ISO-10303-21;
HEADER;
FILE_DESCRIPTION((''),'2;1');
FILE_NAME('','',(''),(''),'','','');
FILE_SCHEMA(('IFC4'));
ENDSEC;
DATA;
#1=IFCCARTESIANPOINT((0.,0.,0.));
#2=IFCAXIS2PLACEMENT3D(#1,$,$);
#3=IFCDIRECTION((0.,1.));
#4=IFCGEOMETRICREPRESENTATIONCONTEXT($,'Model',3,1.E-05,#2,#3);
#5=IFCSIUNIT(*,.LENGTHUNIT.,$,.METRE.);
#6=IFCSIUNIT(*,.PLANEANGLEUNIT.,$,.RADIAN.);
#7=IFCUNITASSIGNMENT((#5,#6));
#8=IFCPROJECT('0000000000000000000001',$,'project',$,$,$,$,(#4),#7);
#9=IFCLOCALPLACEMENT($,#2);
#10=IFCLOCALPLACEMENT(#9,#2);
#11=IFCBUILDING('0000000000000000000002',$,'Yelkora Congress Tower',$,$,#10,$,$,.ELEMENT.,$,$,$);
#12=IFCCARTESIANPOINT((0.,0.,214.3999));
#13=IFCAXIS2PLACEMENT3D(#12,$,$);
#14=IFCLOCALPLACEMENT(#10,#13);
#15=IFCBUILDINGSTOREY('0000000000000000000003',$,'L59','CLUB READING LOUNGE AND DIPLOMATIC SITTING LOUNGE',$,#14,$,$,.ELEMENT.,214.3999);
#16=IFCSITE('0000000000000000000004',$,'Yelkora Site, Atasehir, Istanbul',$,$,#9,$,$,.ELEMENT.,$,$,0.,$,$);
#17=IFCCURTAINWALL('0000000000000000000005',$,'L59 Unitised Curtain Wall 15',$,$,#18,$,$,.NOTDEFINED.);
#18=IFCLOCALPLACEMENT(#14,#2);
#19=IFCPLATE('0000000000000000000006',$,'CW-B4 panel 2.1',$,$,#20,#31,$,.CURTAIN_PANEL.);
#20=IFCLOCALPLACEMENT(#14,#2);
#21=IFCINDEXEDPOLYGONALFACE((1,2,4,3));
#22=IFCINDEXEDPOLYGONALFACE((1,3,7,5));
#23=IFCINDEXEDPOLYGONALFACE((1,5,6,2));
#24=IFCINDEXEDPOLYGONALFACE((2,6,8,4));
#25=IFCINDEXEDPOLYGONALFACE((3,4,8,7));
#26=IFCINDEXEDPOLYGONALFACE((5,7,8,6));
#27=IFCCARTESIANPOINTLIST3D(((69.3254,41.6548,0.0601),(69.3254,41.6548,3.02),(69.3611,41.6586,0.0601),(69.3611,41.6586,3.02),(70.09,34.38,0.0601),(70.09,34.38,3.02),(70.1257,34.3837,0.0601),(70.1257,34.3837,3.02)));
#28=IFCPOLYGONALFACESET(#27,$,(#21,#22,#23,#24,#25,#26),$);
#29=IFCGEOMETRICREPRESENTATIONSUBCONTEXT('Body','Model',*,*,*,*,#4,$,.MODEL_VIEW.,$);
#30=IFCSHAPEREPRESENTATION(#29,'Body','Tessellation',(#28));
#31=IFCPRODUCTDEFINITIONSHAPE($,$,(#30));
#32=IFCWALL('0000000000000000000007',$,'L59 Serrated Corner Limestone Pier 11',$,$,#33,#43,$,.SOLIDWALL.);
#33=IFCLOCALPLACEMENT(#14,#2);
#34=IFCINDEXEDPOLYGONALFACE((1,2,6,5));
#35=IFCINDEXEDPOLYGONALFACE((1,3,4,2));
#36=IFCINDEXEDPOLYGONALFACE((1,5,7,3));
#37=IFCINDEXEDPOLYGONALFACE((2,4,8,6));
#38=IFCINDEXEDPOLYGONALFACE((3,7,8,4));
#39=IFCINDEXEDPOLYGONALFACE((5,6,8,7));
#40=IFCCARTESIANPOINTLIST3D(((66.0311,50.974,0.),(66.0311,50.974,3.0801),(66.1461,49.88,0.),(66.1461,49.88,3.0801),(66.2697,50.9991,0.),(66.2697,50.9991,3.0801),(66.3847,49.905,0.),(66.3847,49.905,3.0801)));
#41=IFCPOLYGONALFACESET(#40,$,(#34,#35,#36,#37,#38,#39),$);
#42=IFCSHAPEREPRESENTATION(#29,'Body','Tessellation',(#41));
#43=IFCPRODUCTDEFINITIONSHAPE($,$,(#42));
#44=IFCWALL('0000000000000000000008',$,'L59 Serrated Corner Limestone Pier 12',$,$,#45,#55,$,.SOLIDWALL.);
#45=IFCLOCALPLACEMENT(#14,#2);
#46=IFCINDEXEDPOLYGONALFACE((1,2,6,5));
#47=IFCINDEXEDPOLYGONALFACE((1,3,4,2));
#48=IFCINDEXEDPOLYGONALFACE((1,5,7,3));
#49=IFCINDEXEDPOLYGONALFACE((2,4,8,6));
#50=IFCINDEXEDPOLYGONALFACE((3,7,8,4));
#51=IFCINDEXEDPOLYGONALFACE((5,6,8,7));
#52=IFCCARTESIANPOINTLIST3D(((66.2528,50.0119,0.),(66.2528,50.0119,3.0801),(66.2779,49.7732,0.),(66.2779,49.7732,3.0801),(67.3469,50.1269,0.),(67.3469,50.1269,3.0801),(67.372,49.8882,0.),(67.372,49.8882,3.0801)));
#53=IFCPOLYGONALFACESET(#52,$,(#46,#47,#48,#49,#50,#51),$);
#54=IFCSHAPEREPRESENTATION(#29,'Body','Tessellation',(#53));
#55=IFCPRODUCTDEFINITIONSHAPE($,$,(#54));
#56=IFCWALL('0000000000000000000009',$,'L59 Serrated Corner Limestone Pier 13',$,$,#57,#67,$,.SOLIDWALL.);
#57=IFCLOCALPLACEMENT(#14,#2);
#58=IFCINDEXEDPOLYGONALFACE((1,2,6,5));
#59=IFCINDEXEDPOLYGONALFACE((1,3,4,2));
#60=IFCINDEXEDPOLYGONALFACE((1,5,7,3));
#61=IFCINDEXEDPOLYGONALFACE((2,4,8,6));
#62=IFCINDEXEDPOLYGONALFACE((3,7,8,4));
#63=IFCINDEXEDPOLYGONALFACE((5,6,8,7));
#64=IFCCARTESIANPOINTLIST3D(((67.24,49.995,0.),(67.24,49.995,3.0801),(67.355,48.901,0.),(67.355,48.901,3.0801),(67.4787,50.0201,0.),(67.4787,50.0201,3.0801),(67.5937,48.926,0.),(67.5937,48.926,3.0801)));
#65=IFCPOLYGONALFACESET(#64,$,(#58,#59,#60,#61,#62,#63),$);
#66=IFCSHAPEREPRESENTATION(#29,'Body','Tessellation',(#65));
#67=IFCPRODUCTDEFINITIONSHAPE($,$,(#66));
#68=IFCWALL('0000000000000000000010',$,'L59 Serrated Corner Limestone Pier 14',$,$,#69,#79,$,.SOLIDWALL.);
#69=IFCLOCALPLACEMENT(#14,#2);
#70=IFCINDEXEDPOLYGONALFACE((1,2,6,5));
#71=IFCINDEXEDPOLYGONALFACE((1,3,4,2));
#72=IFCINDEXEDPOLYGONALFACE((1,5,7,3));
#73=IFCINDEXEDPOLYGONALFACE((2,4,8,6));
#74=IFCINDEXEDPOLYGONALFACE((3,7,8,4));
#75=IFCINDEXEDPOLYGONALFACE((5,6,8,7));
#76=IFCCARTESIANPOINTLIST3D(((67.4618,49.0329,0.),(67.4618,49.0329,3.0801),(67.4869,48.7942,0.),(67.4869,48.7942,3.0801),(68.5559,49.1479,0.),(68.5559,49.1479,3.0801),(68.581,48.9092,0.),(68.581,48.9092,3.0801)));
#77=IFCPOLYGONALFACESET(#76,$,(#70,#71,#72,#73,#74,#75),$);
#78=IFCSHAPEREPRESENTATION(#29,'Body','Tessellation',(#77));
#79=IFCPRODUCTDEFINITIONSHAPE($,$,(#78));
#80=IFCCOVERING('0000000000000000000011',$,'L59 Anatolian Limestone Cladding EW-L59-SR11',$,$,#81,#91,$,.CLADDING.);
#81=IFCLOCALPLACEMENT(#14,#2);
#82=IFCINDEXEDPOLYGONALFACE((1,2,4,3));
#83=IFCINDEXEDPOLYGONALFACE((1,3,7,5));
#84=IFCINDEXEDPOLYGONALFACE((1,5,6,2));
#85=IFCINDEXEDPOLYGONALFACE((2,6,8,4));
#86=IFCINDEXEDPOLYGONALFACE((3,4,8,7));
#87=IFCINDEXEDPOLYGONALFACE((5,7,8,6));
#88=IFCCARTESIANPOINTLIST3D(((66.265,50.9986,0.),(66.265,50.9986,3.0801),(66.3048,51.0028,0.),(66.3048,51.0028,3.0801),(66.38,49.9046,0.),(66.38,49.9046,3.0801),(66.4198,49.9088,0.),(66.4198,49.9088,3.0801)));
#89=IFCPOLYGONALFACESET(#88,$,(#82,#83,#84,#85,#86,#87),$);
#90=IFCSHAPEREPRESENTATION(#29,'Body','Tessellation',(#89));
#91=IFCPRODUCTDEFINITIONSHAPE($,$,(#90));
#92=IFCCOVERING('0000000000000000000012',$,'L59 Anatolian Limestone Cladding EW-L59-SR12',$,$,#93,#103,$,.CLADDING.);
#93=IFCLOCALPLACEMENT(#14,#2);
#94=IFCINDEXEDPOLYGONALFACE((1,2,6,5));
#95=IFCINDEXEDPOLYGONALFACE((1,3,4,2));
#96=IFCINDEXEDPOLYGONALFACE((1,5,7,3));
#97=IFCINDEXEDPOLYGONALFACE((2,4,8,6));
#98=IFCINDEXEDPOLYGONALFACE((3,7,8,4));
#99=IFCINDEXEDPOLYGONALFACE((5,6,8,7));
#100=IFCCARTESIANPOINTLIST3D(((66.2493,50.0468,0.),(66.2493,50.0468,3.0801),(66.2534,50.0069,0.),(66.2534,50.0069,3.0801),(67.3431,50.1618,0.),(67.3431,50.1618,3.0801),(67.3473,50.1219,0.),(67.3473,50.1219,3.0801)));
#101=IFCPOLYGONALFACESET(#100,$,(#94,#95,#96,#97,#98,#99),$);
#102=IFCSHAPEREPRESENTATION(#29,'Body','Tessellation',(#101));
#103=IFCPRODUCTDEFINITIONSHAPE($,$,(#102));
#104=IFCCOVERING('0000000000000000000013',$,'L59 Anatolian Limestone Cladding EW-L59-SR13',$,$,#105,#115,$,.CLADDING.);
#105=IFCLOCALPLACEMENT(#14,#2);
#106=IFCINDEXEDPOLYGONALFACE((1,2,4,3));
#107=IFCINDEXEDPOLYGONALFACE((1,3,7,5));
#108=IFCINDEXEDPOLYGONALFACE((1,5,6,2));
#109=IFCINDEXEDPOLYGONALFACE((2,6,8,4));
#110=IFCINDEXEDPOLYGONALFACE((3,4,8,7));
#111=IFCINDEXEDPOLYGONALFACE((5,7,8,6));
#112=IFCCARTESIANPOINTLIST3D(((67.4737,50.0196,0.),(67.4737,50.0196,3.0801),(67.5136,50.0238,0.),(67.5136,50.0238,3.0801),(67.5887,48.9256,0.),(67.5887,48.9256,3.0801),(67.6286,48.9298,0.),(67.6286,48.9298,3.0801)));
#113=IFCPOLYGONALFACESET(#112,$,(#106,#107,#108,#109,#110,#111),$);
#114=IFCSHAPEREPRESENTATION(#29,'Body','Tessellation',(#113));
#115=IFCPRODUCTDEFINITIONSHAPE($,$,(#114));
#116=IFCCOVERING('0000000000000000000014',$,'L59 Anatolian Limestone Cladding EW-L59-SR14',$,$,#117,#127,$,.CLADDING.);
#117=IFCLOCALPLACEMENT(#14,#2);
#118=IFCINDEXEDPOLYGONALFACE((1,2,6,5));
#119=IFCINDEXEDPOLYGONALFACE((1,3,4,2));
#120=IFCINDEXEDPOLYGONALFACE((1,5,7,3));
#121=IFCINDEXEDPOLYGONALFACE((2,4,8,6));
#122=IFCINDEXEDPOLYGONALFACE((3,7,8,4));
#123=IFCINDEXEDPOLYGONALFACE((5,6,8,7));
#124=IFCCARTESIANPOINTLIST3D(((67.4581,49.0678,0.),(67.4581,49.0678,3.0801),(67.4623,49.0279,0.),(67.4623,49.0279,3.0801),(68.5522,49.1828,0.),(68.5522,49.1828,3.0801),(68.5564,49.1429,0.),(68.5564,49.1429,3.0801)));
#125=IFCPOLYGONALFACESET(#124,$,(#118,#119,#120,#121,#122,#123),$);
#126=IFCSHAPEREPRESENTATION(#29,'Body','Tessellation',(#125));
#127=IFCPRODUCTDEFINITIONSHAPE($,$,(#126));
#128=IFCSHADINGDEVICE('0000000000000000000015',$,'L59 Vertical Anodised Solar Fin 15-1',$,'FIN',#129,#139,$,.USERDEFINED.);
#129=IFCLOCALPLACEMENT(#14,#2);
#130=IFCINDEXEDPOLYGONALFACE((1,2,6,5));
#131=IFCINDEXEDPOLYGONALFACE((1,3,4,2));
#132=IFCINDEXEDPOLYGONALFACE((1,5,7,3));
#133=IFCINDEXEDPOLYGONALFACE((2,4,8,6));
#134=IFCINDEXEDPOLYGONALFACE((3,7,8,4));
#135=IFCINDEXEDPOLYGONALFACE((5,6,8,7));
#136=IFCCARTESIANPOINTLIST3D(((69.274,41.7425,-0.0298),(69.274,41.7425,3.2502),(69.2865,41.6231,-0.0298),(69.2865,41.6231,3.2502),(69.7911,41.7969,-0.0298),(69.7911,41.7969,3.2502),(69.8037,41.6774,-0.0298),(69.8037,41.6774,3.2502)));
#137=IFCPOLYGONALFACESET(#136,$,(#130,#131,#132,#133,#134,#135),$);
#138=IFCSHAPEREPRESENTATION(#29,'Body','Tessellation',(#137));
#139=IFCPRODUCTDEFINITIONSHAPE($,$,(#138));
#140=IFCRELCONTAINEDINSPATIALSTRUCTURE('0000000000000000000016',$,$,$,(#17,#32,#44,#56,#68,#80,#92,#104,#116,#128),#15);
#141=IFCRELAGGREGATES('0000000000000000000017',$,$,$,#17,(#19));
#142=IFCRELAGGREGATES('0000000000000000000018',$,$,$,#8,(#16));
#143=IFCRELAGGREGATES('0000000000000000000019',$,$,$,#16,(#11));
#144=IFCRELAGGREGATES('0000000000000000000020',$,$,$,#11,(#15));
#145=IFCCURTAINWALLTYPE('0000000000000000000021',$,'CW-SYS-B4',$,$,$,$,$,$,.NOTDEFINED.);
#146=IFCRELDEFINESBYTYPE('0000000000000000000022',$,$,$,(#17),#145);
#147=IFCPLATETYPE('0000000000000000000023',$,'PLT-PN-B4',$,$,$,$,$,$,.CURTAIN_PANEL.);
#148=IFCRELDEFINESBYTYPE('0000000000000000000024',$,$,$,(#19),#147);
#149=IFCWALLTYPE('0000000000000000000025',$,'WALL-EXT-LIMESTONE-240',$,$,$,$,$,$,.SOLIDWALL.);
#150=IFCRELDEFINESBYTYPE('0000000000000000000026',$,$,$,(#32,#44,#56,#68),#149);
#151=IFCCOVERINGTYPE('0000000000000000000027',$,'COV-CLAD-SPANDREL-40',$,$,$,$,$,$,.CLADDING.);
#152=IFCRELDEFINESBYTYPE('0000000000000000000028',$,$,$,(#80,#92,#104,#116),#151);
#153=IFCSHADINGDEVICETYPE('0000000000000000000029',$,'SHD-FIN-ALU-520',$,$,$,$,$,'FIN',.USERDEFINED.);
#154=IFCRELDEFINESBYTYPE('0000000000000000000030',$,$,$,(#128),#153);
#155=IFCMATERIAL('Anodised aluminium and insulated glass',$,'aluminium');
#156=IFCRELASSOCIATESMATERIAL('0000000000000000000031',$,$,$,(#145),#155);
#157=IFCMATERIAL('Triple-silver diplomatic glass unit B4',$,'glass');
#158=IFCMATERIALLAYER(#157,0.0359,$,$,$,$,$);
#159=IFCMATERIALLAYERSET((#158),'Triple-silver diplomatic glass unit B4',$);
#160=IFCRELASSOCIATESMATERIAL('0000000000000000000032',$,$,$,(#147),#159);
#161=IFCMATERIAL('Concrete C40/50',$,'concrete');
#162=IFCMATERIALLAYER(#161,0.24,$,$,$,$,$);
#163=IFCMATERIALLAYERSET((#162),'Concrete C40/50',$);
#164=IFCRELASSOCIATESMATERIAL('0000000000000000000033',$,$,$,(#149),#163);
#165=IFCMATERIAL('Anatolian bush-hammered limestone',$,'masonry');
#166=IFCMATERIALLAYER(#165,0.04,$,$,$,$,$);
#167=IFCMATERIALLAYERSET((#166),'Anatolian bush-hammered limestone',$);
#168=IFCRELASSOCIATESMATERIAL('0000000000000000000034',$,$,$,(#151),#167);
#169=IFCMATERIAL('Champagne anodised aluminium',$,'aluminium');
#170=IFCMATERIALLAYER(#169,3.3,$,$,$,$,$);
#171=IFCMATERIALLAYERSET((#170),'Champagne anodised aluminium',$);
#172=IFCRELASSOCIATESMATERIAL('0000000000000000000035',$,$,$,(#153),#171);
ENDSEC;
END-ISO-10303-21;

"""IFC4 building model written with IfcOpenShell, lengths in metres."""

from ifc_helpers import new_model, si_unit, direction, frame, frame_2d, origin, origin_2d, place, context, subcontext, project, spatial, rectangle, extrude, material, layer, layer_set, type_object, element, aggregate, save


model = new_model("IFC4")

# Units and contexts
model_context = context("Model", 3, precision=1e-05, world=origin(), true_north=direction((0.0, 1.0)))
body_context = subcontext(model_context, "Body", "Model", "MODEL_VIEW")
ifc_project = project(units=[si_unit("LENGTHUNIT", "METRE"), si_unit("PLANEANGLEUNIT", "RADIAN")], contexts=[model_context])

# Site, building, storey
site_placement = place(None, origin())
site = spatial("IfcSite", under=ifc_project, at=site_placement, Name="Yelkora Site, Atasehir, Istanbul", CompositionType="ELEMENT", RefElevation=0.0)
building_placement = place(site_placement, origin())
building = spatial("IfcBuilding", under=site, at=building_placement, Name="Yelkora Congress Tower", CompositionType="ELEMENT")
storey_placement = place(building_placement, frame((0.0, 0.0, 214.3999)))
storey = spatial("IfcBuildingStorey", under=building, at=storey_placement, Name="L59", Description="CLUB READING LOUNGE AND DIPLOMATIC SITTING LOUNGE", CompositionType="ELEMENT", Elevation=214.3999)

# Shared definitions
ifc_material_1 = material(Name="Anodised aluminium and insulated glass", Category="aluminium")
curtain_wall_type = type_object("IfcCurtainWallType", Name="CW-SYS-B4", PredefinedType="NOTDEFINED", material=ifc_material_1)

# Curtain wall, plate
curtain_wall_1_placement = place(storey_placement, origin())
curtain_wall_1 = element("IfcCurtainWall", 1, at=curtain_wall_1_placement, inside=storey, type_object=curtain_wall_type, Name="L59 Unitised Curtain Wall 15", PredefinedType="NOTDEFINED")
ifc_material_2 = material(Name="Triple-silver diplomatic glass unit B4", Category="glass")
ifc_layer_1 = layer(ifc_material_2, 0.0359)
ifc_layer_set_1 = layer_set([ifc_layer_1], Name="Triple-silver diplomatic glass unit B4")
plate_type = type_object("IfcPlateType", Name="PLT-PN-B4", PredefinedType="CURTAIN_PANEL", material=ifc_layer_set_1)
plate_1_placement = place(storey_placement, frame((69.7256, 38.0193, 0.0601), z_axis=(0.0, 0.0, 1.0), x_axis=(0.104526, -0.994522, 0.0)))
plate_1 = element("IfcPlate", 2, at=plate_1_placement, type_object=plate_type, Name="CW-B4 panel 2.1", PredefinedType="CURTAIN_PANEL", context=body_context, shape_type="SweptSolid", body=[
    extrude(rectangle(XDim=7.3149, YDim=0.0359, at=origin_2d()), origin(), (0.0, 0.0, 1.0), 2.96),
])
aggregate(curtain_wall_1, [plate_1])

# Walls
ifc_material_3 = material(Name="Concrete C40/50", Category="concrete")
ifc_layer_2 = layer(ifc_material_3, 0.24)
ifc_layer_set_2 = layer_set([ifc_layer_2], Name="Concrete C40/50")
wall_type = type_object("IfcWallType", Name="WALL-EXT-LIMESTONE-240", PredefinedType="SOLIDWALL", material=ifc_layer_set_2)
for number, where, z_axis, x_axis, name in (
    (3, (66.1504, 50.9866, 0.0), (0.0, 0.0, 1.0), (0.104535, -0.994521, 0.0), "L59 Serrated Corner Limestone Pier 11"),
    (4, (66.2654, 49.8926, 0.0), (0.0, 0.0, 1.0), (0.994521, 0.104535, 0.0), "L59 Serrated Corner Limestone Pier 12"),
    (5, (67.3594, 50.0076, 0.0), (0.0, 0.0, 1.0), (0.104535, -0.994521, 0.0), "L59 Serrated Corner Limestone Pier 13"),
    (6, (67.4744, 48.9136, 0.0), (0.0, 0.0, 1.0), (0.994521, 0.104535, 0.0), "L59 Serrated Corner Limestone Pier 14"),
):
    element("IfcWall", number, at=place(storey_placement, frame(where, z_axis=z_axis, x_axis=x_axis)), inside=storey, type_object=wall_type, Name=name, PredefinedType="SOLIDWALL", context=body_context, shape_type="SweptSolid", body=[
        extrude(rectangle(XDim=1.1001, YDim=0.24, at=frame_2d((0.55, 0.0))), origin(), (0.0, 0.0, 1.0), 3.0801),
    ])

# Coverings
ifc_material_4 = material(Name="Anatolian bush-hammered limestone", Category="masonry")
ifc_layer_3 = layer(ifc_material_4, 0.04)
ifc_layer_set_3 = layer_set([ifc_layer_3], Name="Anatolian bush-hammered limestone")
covering_type = type_object("IfcCoveringType", Name="COV-CLAD-SPANDREL-40", PredefinedType="CLADDING", material=ifc_layer_set_3)
covering_1_placement = place(storey_placement, frame((66.2849, 51.0007, 0.0), z_axis=(0.0, 0.0, 1.0), x_axis=(0.104535, -0.994521, 0.0)))
element("IfcCovering", 7, at=covering_1_placement, inside=storey, type_object=covering_type, Name="L59 Anatolian Limestone Cladding EW-L59-SR11", PredefinedType="CLADDING", context=body_context, shape_type="SweptSolid", body=[
    extrude(rectangle(XDim=1.1001, YDim=0.04, at=frame_2d((0.55, 0.0))), origin(), (0.0, 0.0, 1.0), 3.0801),
])
covering_2_placement = place(storey_placement, frame((66.2515, 50.0269, 0.0), z_axis=(0.0, 0.0, 1.0), x_axis=(0.994519, 0.104558, 0.0)))
element("IfcCovering", 8, at=covering_2_placement, inside=storey, type_object=covering_type, Name="L59 Anatolian Limestone Cladding EW-L59-SR12", PredefinedType="CLADDING", context=body_context, shape_type="SweptSolid", body=[
    extrude(rectangle(XDim=1.0999, YDim=0.04, at=frame_2d((0.5498, 0.0))), origin(), (0.0, 0.0, 1.0), 3.0801),
])
for number, where, z_axis, x_axis, name in (
    (9, (67.4937, 50.0217, 0.0), (0.0, 0.0, 1.0), (0.104535, -0.994521, 0.0), "L59 Anatolian Limestone Cladding EW-L59-SR13"),
    (10, (67.4602, 49.0479, 0.0), (0.0, 0.0, 1.0), (0.994521, 0.104535, 0.0), "L59 Anatolian Limestone Cladding EW-L59-SR14"),
):
    element("IfcCovering", number, at=place(storey_placement, frame(where, z_axis=z_axis, x_axis=x_axis)), inside=storey, type_object=covering_type, Name=name, PredefinedType="CLADDING", context=body_context, shape_type="SweptSolid", body=[
        extrude(rectangle(XDim=1.1001, YDim=0.04, at=frame_2d((0.55, 0.0))), origin(), (0.0, 0.0, 1.0), 3.0801),
    ])

# Shading device
ifc_material_5 = material(Name="Champagne anodised aluminium", Category="aluminium")
ifc_layer_4 = layer(ifc_material_5, 3.3)
ifc_layer_set_4 = layer_set([ifc_layer_4], Name="Champagne anodised aluminium")
shading_device_type = type_object("IfcShadingDeviceType", Name="SHD-FIN-ALU-520", ElementType="FIN", PredefinedType="USERDEFINED", material=ifc_layer_set_4)
shading_device_placement = place(storey_placement, frame((69.5388, 41.71, -0.0298), z_axis=(0.0, 0.0, 1.0), x_axis=(0.104528, -0.994522, 0.0)))
element("IfcShadingDevice", 11, at=shading_device_placement, inside=storey, type_object=shading_device_type, Name="L59 Vertical Anodised Solar Fin 15-1", ObjectType="FIN", PredefinedType="USERDEFINED", context=body_context, shape_type="SweptSolid", body=[
    extrude(rectangle(XDim=0.1201, YDim=0.52, at=origin_2d()), origin(), (0.0, 0.0, 1.0), 3.28),
])

save(model, "model.ifc")
